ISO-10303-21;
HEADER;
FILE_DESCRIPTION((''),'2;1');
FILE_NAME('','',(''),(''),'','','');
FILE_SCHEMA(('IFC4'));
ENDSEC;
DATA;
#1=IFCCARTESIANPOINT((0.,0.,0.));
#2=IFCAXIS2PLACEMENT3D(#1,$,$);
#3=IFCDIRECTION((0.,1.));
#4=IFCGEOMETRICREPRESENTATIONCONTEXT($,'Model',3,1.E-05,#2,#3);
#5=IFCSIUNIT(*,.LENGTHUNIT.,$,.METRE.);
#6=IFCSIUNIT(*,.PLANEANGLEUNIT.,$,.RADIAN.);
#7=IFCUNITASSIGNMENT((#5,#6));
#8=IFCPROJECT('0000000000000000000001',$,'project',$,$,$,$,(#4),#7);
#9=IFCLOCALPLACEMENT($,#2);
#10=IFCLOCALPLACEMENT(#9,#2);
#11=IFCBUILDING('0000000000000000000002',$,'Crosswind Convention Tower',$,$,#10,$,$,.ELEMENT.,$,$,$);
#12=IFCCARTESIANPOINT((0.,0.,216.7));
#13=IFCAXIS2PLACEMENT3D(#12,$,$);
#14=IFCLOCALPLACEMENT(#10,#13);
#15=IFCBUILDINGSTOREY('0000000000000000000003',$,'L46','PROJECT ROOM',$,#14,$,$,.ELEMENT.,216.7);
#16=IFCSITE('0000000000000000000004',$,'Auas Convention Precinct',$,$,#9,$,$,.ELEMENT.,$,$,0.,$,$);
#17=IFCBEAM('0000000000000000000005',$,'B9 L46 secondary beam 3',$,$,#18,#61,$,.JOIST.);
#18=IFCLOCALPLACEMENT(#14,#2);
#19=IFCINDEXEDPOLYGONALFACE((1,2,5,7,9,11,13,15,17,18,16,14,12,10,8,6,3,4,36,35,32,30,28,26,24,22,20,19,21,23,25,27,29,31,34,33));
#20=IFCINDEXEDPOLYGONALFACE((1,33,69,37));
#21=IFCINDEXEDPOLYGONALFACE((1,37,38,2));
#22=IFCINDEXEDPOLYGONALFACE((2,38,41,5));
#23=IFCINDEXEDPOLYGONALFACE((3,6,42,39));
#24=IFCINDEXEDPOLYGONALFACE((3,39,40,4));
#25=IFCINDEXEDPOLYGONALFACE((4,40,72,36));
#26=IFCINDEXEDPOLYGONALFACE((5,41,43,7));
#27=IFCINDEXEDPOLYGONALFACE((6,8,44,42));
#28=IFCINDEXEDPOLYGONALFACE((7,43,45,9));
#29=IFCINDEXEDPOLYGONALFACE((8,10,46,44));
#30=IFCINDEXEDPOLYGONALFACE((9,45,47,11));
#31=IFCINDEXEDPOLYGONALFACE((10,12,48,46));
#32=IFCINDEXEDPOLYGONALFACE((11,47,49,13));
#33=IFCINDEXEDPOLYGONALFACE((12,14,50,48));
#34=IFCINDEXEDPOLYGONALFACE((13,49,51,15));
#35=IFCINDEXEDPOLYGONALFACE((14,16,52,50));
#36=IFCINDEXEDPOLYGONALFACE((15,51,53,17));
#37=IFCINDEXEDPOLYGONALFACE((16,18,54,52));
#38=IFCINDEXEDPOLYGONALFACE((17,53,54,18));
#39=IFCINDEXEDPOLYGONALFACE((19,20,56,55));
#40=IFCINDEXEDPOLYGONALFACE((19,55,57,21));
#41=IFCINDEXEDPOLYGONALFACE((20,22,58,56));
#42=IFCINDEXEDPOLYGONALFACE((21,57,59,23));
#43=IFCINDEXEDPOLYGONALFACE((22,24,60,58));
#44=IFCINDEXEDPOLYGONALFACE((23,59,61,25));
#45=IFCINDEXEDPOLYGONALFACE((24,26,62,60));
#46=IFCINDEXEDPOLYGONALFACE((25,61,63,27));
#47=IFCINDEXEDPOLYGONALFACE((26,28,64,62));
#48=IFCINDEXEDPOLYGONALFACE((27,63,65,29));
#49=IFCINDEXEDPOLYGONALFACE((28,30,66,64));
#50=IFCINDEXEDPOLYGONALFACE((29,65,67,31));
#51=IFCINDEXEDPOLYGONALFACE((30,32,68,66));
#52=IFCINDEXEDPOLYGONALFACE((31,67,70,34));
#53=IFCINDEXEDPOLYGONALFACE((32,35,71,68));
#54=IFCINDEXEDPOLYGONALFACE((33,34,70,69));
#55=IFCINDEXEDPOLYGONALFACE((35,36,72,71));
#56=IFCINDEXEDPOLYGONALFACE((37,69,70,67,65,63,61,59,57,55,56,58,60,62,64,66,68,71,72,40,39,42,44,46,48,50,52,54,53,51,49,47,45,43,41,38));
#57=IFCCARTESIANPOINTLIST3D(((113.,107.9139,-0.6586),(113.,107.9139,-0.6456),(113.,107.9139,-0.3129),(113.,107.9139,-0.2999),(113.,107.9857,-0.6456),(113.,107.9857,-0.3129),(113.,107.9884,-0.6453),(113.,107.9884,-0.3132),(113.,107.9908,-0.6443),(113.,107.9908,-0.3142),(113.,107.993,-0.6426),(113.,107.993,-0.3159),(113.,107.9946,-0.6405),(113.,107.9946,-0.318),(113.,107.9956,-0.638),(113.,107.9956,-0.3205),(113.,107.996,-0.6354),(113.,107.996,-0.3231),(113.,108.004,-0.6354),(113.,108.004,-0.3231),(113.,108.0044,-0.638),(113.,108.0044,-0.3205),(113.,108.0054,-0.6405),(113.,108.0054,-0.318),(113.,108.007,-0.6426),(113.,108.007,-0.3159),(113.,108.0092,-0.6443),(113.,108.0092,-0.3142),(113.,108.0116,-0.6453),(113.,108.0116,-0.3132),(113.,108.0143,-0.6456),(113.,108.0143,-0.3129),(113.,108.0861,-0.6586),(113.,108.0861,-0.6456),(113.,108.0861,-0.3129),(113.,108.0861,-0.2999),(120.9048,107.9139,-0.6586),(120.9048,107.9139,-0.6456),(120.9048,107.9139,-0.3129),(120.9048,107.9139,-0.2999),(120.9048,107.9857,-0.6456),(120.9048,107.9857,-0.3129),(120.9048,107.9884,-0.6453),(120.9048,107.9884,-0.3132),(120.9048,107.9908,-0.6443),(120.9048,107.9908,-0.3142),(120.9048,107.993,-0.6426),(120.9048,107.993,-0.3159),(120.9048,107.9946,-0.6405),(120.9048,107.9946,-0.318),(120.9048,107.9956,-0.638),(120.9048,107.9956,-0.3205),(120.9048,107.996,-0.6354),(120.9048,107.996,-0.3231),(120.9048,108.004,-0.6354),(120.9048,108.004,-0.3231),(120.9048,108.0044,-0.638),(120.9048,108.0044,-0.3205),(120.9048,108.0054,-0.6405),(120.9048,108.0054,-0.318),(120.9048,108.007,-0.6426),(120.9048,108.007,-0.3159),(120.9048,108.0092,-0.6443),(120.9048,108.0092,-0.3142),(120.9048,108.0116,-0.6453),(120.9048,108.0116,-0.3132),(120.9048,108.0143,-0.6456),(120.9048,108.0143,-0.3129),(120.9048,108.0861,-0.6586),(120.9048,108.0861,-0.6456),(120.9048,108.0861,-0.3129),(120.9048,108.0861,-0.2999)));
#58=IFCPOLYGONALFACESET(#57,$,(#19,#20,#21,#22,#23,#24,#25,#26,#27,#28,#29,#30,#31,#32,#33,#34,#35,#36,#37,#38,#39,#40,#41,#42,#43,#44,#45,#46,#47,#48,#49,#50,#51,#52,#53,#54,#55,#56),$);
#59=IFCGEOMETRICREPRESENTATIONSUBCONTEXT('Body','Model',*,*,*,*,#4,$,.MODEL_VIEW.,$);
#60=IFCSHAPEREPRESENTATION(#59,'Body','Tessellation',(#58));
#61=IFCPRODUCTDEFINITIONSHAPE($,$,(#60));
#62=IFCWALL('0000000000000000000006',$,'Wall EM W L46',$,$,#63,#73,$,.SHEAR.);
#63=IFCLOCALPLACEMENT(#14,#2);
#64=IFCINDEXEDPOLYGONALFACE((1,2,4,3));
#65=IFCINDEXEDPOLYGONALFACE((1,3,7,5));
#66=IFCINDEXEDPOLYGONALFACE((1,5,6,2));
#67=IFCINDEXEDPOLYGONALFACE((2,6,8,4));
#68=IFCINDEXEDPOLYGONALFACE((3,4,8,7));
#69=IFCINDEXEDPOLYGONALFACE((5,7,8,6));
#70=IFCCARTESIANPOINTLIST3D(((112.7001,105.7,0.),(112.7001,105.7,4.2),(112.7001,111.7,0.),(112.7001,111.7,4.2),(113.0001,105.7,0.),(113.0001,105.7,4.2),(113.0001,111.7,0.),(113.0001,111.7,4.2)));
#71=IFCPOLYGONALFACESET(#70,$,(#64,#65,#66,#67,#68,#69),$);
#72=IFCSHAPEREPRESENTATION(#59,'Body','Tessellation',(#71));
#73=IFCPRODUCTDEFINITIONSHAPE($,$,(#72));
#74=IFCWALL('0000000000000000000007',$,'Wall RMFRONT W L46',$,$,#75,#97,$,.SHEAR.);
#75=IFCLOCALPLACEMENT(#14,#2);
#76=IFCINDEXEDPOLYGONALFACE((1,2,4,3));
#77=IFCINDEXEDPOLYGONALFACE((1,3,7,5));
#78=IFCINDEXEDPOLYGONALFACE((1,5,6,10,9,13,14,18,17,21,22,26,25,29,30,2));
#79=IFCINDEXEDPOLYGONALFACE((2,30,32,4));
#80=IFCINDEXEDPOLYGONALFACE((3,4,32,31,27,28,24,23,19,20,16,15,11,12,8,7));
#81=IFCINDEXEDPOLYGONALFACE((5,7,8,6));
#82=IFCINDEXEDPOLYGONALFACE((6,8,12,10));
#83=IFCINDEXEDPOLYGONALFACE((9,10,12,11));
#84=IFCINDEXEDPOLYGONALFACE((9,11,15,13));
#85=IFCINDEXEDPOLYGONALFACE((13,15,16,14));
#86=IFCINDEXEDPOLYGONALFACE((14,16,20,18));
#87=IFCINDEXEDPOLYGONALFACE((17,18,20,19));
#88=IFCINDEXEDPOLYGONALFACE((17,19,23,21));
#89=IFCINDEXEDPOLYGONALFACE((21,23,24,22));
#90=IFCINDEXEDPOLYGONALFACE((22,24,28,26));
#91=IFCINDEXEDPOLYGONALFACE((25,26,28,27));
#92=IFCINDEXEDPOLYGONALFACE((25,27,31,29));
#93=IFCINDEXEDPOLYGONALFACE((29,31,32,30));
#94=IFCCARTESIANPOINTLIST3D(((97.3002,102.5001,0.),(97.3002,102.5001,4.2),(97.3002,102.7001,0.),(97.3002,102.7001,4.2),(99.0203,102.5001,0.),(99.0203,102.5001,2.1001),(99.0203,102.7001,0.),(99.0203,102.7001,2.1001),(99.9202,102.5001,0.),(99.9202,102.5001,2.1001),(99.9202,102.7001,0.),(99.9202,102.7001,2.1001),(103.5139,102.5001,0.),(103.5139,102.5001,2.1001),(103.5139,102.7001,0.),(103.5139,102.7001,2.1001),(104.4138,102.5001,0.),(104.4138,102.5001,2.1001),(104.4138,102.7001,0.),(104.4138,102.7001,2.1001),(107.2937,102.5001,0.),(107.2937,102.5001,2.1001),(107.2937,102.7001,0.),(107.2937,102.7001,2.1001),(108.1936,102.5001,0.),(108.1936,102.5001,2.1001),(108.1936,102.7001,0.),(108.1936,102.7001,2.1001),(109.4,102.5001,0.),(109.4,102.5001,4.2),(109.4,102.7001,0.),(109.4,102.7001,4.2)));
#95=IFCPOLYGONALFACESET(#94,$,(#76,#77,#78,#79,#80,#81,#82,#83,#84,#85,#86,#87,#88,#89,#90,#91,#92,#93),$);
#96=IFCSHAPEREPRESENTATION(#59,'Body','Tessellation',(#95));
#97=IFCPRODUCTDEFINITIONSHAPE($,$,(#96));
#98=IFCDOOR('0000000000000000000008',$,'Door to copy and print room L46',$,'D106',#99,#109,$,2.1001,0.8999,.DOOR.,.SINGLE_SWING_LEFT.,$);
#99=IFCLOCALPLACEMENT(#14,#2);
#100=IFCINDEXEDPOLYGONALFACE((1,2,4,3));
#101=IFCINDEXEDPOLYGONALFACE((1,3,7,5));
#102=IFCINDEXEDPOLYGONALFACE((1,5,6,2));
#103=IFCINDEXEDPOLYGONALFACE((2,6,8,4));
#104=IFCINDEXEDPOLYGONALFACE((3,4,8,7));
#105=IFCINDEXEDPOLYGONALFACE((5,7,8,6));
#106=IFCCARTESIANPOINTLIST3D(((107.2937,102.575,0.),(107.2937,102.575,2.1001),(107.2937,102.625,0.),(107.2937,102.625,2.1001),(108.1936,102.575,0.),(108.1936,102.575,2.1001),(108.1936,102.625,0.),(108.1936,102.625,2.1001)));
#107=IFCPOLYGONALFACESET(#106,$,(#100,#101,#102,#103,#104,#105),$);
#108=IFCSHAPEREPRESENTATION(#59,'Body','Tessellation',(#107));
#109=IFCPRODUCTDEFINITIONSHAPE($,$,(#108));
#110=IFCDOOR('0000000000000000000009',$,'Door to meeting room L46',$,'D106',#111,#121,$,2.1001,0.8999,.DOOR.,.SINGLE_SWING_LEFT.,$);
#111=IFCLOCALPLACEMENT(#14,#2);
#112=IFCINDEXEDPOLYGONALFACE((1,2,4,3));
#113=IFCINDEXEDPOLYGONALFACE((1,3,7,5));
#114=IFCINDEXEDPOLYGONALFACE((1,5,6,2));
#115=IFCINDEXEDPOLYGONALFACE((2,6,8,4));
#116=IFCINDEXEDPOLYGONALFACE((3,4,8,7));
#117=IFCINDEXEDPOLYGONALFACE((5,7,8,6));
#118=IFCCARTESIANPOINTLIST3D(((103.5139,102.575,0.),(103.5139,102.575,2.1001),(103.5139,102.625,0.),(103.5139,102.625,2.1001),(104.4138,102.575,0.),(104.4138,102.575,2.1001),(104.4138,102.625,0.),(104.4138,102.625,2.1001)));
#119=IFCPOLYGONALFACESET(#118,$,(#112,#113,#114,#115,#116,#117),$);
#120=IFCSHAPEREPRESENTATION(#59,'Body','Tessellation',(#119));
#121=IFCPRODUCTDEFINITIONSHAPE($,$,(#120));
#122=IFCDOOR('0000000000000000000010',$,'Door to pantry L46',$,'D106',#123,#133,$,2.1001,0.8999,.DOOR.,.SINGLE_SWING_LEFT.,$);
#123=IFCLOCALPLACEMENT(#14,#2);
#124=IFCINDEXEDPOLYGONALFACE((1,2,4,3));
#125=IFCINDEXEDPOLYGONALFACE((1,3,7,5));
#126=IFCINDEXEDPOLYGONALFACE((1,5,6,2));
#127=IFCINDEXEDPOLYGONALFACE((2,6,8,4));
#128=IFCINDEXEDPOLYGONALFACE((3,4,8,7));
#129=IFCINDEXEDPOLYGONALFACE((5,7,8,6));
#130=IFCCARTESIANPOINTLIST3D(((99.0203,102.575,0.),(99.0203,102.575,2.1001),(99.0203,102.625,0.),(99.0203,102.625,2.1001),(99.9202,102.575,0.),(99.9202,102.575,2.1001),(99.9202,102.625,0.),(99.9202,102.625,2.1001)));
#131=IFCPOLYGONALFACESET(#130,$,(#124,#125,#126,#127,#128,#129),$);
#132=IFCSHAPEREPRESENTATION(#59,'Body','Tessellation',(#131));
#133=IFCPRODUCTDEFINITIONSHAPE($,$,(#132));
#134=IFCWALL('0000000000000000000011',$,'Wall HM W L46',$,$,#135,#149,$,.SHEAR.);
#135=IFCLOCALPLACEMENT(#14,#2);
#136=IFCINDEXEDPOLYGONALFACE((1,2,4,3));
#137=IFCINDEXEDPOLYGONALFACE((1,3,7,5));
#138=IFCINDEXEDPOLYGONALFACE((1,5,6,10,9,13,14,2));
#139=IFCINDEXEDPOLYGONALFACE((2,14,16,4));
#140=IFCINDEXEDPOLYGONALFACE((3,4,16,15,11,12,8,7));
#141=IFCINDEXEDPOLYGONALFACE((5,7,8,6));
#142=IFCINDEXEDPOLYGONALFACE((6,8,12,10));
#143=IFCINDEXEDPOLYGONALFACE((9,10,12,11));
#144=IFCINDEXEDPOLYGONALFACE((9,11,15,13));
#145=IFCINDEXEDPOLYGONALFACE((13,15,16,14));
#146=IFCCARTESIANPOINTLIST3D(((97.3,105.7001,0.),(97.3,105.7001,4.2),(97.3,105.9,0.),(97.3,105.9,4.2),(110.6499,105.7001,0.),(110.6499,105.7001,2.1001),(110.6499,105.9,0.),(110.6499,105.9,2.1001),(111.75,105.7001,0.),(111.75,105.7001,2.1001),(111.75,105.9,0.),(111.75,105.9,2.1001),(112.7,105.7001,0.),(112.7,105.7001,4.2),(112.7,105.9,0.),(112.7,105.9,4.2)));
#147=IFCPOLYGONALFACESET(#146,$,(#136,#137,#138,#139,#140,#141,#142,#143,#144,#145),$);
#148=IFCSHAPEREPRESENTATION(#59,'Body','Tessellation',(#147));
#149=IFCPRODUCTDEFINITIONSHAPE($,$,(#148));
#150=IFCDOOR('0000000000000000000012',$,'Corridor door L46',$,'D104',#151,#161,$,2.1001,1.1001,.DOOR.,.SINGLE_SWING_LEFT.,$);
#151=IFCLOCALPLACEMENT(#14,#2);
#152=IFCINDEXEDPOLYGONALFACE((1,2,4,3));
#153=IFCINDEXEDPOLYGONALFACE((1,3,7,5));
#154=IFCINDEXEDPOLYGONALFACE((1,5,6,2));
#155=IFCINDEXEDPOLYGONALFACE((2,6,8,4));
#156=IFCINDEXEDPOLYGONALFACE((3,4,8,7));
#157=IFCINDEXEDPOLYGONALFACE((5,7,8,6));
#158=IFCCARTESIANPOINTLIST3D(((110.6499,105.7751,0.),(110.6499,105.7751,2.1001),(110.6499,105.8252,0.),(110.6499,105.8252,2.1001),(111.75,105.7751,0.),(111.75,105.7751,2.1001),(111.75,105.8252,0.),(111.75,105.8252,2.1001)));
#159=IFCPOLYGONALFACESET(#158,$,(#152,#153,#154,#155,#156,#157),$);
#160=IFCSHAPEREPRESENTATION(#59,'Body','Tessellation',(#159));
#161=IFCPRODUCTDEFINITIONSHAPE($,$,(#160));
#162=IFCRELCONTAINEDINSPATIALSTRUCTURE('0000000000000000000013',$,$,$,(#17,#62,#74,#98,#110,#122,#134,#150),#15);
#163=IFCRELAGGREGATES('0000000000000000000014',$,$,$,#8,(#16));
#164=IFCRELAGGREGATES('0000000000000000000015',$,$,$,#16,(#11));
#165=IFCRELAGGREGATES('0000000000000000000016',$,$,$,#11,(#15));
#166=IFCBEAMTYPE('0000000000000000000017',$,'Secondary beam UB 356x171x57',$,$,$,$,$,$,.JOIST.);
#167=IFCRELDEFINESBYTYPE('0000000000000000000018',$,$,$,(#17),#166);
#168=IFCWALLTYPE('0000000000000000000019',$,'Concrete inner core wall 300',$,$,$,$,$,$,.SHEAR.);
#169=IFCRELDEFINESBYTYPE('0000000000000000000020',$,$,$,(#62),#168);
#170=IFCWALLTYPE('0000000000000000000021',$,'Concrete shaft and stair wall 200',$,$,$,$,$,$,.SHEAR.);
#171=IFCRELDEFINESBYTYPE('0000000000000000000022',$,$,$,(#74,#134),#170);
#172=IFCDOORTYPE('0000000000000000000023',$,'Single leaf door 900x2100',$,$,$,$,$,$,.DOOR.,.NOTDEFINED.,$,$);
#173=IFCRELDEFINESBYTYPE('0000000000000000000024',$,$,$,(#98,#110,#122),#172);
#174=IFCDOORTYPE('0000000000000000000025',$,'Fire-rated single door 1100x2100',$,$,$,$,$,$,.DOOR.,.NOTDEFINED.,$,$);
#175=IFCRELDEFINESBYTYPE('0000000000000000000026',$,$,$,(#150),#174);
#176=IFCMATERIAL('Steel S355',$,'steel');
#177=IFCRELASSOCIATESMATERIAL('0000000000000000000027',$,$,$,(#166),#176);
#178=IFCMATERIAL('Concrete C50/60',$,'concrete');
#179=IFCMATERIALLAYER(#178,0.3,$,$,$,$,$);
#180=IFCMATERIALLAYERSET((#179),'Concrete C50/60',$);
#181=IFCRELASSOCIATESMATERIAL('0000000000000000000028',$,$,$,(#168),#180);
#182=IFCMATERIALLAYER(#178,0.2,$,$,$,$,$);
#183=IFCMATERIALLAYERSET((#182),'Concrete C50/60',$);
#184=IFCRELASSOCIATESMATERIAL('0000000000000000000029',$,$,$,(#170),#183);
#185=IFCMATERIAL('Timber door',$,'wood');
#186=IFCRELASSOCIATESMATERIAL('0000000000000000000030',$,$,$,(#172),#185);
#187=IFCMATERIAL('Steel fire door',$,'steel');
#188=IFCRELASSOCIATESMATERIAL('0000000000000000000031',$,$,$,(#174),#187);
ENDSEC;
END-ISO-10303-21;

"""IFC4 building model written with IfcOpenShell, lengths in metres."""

from ifc_helpers import new_model, si_unit, direction, frame, frame_2d, origin, origin_2d, place, context, subcontext, project, spatial, rectangle, i_section, extrude, material, layer, layer_set, material_profile, profile_set, type_object, element, fill, save


model = new_model("IFC4")

# Units and contexts
model_context = context("Model", 3, precision=1e-05, world=origin(), true_north=direction((0.0, 1.0)))
body_context = subcontext(model_context, "Body", "Model", "MODEL_VIEW")
ifc_project = project(units=[si_unit("LENGTHUNIT", "METRE"), si_unit("PLANEANGLEUNIT", "RADIAN")], contexts=[model_context])

# Site, building, storey
site_placement = place(None, origin())
site = spatial("IfcSite", under=ifc_project, at=site_placement, Name="Auas Convention Precinct", CompositionType="ELEMENT", RefElevation=0.0)
building_placement = place(site_placement, origin())
building = spatial("IfcBuilding", under=site, at=building_placement, Name="Crosswind Convention Tower", CompositionType="ELEMENT")
storey_placement = place(building_placement, frame((0.0, 0.0, 216.7)))
storey = spatial("IfcBuildingStorey", under=building, at=storey_placement, Name="L46", Description="PROJECT ROOM", CompositionType="ELEMENT", Elevation=216.7)

# Beam
ifc_material_1 = material(Name="Steel S355", Category="steel")
ifc_material_profile_1 = material_profile(ifc_material_1, i_section(OverallWidth=0.1721, OverallDepth=0.3586, WebThickness=0.0081, FlangeThickness=0.0129, FilletRadius=0.0103, at=origin_2d()), Name="UB 356x171x57")
ifc_profile_set_1 = profile_set([ifc_material_profile_1], Name="Steel S355")
beam_type_1 = type_object("IfcBeamType", Name="Secondary beam UB 356x171x57", PredefinedType="JOIST", material=ifc_profile_set_1)
for number, where, z_axis, x_axis, name in (
    (1, (113.0, 108.0, -0.4792), (1.0, 0.0, 0.0), (0.0, 1.0, 0.0), "B9 L46 secondary beam 3"),
):
    element("IfcBeam", number, at=place(storey_placement, frame(where, z_axis=z_axis, x_axis=x_axis)), inside=storey, type_object=beam_type_1, Name=name, PredefinedType="JOIST", context=body_context, shape_type="SweptSolid", body=[
        extrude(i_section(OverallWidth=0.1721, OverallDepth=0.3586, WebThickness=0.0081, FlangeThickness=0.0129, FilletRadius=0.0103, at=origin_2d()), origin(), (0.0, 0.0, 1.0), 7.9048),
    ])

# Shared definitions
ifc_material_2 = material(Name="Concrete C50/60", Category="concrete")
ifc_layer_1 = layer(ifc_material_2, 0.3)
ifc_layer_set_1 = layer_set([ifc_layer_1], Name="Concrete C50/60")
wall_type_1 = type_object("IfcWallType", Name="Concrete inner core wall 300", PredefinedType="SHEAR", material=ifc_layer_set_1)

# Wall
wall_1_placement = place(storey_placement, frame((112.8501, 111.7, 0.0), z_axis=(0.0, 0.0, 1.0), x_axis=(0.0, -1.0, 0.0)))
element("IfcWall", 2, at=wall_1_placement, inside=storey, type_object=wall_type_1, Name="Wall EM W L46", PredefinedType="SHEAR", context=body_context, shape_type="SweptSolid", body=[
    extrude(rectangle(XDim=6.0, YDim=0.3, at=frame_2d((3.0, 0.0))), origin(), (0.0, 0.0, 1.0), 4.2),
])

# Wall, openings, doors
ifc_layer_2 = layer(ifc_material_2, 0.2)
ifc_layer_set_2 = layer_set([ifc_layer_2], Name="Concrete C50/60")
wall_type_2 = type_object("IfcWallType", Name="Concrete shaft and stair wall 200", PredefinedType="SHEAR", material=ifc_layer_set_2)
wall_2_placement = place(storey_placement, frame((109.3999, 102.6001, 0.0), z_axis=(0.0, 0.0, 1.0), x_axis=(-1.0, 0.0, 0.0)))
wall_2 = element("IfcWall", 3, at=wall_2_placement, inside=storey, type_object=wall_type_2, Name="Wall RMFRONT W L46", PredefinedType="SHEAR", context=body_context, shape_type="SweptSolid", body=[
    extrude(rectangle(XDim=12.0999, YDim=0.2, at=frame_2d((6.0498, 0.0))), origin(), (0.0, 0.0, 1.0), 4.2),
])
opening_1_placement = place(wall_2_placement, frame((1.2063, 0.0, 0.0)))
opening_1 = element("IfcOpeningElement", 4, at=opening_1_placement, cuts=wall_2, PredefinedType="OPENING", context=body_context, shape_type="SweptSolid", body=[
    extrude(rectangle(XDim=0.8999, YDim=2.1001, at=frame_2d((0.45, 1.05))), frame((0.0, 0.1099, 0.0), z_axis=(0.0, -1.0, 0.0), x_axis=(1.0, 0.0, 0.0)), (0.0, 0.0, 1.0), 0.22),
])
opening_2_placement = place(wall_2_placement, frame((4.9861, 0.0, 0.0)))
opening_2 = element("IfcOpeningElement", 5, at=opening_2_placement, cuts=wall_2, PredefinedType="OPENING", context=body_context, shape_type="SweptSolid", body=[
    extrude(rectangle(XDim=0.8999, YDim=2.1001, at=frame_2d((0.45, 1.05))), frame((0.0, 0.1099, 0.0), z_axis=(0.0, -1.0, 0.0), x_axis=(1.0, 0.0, 0.0)), (0.0, 0.0, 1.0), 0.22),
])
opening_3_placement = place(wall_2_placement, frame((9.4797, 0.0, 0.0)))
opening_3 = element("IfcOpeningElement", 6, at=opening_3_placement, cuts=wall_2, PredefinedType="OPENING", context=body_context, shape_type="SweptSolid", body=[
    extrude(rectangle(XDim=0.8999, YDim=2.1001, at=frame_2d((0.45, 1.05))), frame((0.0, 0.1099, 0.0), z_axis=(0.0, -1.0, 0.0), x_axis=(1.0, 0.0, 0.0)), (0.0, 0.0, 1.0), 0.22),
])
ifc_material_3 = material(Name="Timber door", Category="wood")
door_type_1 = type_object("IfcDoorType", Name="Single leaf door 900x2100", OperationType="NOTDEFINED", PredefinedType="DOOR", material=ifc_material_3)
door_1_placement = place(opening_1_placement, frame((0.8999, 0.0, 0.0), z_axis=(0.0, 0.0, 1.0), x_axis=(-1.0, 0.0, 0.0)))
door_1 = element("IfcDoor", 7, at=door_1_placement, inside=storey, type_object=door_type_1, Name="Door to copy and print room L46", ObjectType="D106", OperationType="SINGLE_SWING_LEFT", OverallHeight=2.1001, OverallWidth=0.8999, PredefinedType="DOOR", context=body_context, shape_type="SweptSolid", body=[
    extrude(rectangle(XDim=0.8999, YDim=2.1001, at=frame_2d((0.45, 1.05))), frame((0.0, 0.0249, 0.0), z_axis=(0.0, -1.0, 0.0), x_axis=(1.0, 0.0, 0.0)), (0.0, 0.0, 1.0), 0.05),
])
fill(opening_1, door_1)
door_2_placement = place(opening_2_placement, frame((0.8999, 0.0, 0.0), z_axis=(0.0, 0.0, 1.0), x_axis=(-1.0, 0.0, 0.0)))
door_2 = element("IfcDoor", 8, at=door_2_placement, inside=storey, type_object=door_type_1, Name="Door to meeting room L46", ObjectType="D106", OperationType="SINGLE_SWING_LEFT", OverallHeight=2.1001, OverallWidth=0.8999, PredefinedType="DOOR", context=body_context, shape_type="SweptSolid", body=[
    extrude(rectangle(XDim=0.8999, YDim=2.1001, at=frame_2d((0.45, 1.05))), frame((0.0, 0.0249, 0.0), z_axis=(0.0, -1.0, 0.0), x_axis=(1.0, 0.0, 0.0)), (0.0, 0.0, 1.0), 0.05),
])
fill(opening_2, door_2)
door_3_placement = place(opening_3_placement, frame((0.8999, 0.0, 0.0), z_axis=(0.0, 0.0, 1.0), x_axis=(-1.0, 0.0, 0.0)))
door_3 = element("IfcDoor", 9, at=door_3_placement, inside=storey, type_object=door_type_1, Name="Door to pantry L46", ObjectType="D106", OperationType="SINGLE_SWING_LEFT", OverallHeight=2.1001, OverallWidth=0.8999, PredefinedType="DOOR", context=body_context, shape_type="SweptSolid", body=[
    extrude(rectangle(XDim=0.8999, YDim=2.1001, at=frame_2d((0.45, 1.05))), frame((0.0, 0.0249, 0.0), z_axis=(0.0, -1.0, 0.0), x_axis=(1.0, 0.0, 0.0)), (0.0, 0.0, 1.0), 0.05),
])
fill(opening_3, door_3)

# Wall, opening, door
wall_3_placement = place(storey_placement, frame((112.7, 105.8, 0.0), z_axis=(0.0, 0.0, 1.0), x_axis=(-1.0, 0.0, 0.0)))
wall_3 = element("IfcWall", 10, at=wall_3_placement, inside=storey, type_object=wall_type_2, Name="Wall HM W L46", PredefinedType="SHEAR", context=body_context, shape_type="SweptSolid", body=[
    extrude(rectangle(XDim=15.3999, YDim=0.2, at=frame_2d((7.7, 0.0))), origin(), (0.0, 0.0, 1.0), 4.2),
])
opening_4_placement = place(wall_3_placement, frame((0.95, 0.0, 0.0)))
opening_4 = element("IfcOpeningElement", 11, at=opening_4_placement, cuts=wall_3, PredefinedType="OPENING", context=body_context, shape_type="SweptSolid", body=[
    extrude(rectangle(XDim=1.1001, YDim=2.1001, at=frame_2d((0.55, 1.05))), frame((0.0, 0.1099, 0.0), z_axis=(0.0, -1.0, 0.0), x_axis=(1.0, 0.0, 0.0)), (0.0, 0.0, 1.0), 0.22),
])
ifc_material_4 = material(Name="Steel fire door", Category="steel")
door_type_2 = type_object("IfcDoorType", Name="Fire-rated single door 1100x2100", OperationType="NOTDEFINED", PredefinedType="DOOR", material=ifc_material_4)
door_4_placement = place(opening_4_placement, origin())
door_4 = element("IfcDoor", 12, at=door_4_placement, inside=storey, type_object=door_type_2, Name="Corridor door L46", ObjectType="D104", OperationType="SINGLE_SWING_LEFT", OverallHeight=2.1001, OverallWidth=1.1001, PredefinedType="DOOR", context=body_context, shape_type="SweptSolid", body=[
    extrude(rectangle(XDim=1.1001, YDim=2.1001, at=frame_2d((0.55, 1.05))), frame((0.0, 0.0249, 0.0), z_axis=(0.0, -1.0, 0.0), x_axis=(1.0, 0.0, 0.0)), (0.0, 0.0, 1.0), 0.05),
])
fill(opening_4, door_4)

save(model, "model.ifc")
